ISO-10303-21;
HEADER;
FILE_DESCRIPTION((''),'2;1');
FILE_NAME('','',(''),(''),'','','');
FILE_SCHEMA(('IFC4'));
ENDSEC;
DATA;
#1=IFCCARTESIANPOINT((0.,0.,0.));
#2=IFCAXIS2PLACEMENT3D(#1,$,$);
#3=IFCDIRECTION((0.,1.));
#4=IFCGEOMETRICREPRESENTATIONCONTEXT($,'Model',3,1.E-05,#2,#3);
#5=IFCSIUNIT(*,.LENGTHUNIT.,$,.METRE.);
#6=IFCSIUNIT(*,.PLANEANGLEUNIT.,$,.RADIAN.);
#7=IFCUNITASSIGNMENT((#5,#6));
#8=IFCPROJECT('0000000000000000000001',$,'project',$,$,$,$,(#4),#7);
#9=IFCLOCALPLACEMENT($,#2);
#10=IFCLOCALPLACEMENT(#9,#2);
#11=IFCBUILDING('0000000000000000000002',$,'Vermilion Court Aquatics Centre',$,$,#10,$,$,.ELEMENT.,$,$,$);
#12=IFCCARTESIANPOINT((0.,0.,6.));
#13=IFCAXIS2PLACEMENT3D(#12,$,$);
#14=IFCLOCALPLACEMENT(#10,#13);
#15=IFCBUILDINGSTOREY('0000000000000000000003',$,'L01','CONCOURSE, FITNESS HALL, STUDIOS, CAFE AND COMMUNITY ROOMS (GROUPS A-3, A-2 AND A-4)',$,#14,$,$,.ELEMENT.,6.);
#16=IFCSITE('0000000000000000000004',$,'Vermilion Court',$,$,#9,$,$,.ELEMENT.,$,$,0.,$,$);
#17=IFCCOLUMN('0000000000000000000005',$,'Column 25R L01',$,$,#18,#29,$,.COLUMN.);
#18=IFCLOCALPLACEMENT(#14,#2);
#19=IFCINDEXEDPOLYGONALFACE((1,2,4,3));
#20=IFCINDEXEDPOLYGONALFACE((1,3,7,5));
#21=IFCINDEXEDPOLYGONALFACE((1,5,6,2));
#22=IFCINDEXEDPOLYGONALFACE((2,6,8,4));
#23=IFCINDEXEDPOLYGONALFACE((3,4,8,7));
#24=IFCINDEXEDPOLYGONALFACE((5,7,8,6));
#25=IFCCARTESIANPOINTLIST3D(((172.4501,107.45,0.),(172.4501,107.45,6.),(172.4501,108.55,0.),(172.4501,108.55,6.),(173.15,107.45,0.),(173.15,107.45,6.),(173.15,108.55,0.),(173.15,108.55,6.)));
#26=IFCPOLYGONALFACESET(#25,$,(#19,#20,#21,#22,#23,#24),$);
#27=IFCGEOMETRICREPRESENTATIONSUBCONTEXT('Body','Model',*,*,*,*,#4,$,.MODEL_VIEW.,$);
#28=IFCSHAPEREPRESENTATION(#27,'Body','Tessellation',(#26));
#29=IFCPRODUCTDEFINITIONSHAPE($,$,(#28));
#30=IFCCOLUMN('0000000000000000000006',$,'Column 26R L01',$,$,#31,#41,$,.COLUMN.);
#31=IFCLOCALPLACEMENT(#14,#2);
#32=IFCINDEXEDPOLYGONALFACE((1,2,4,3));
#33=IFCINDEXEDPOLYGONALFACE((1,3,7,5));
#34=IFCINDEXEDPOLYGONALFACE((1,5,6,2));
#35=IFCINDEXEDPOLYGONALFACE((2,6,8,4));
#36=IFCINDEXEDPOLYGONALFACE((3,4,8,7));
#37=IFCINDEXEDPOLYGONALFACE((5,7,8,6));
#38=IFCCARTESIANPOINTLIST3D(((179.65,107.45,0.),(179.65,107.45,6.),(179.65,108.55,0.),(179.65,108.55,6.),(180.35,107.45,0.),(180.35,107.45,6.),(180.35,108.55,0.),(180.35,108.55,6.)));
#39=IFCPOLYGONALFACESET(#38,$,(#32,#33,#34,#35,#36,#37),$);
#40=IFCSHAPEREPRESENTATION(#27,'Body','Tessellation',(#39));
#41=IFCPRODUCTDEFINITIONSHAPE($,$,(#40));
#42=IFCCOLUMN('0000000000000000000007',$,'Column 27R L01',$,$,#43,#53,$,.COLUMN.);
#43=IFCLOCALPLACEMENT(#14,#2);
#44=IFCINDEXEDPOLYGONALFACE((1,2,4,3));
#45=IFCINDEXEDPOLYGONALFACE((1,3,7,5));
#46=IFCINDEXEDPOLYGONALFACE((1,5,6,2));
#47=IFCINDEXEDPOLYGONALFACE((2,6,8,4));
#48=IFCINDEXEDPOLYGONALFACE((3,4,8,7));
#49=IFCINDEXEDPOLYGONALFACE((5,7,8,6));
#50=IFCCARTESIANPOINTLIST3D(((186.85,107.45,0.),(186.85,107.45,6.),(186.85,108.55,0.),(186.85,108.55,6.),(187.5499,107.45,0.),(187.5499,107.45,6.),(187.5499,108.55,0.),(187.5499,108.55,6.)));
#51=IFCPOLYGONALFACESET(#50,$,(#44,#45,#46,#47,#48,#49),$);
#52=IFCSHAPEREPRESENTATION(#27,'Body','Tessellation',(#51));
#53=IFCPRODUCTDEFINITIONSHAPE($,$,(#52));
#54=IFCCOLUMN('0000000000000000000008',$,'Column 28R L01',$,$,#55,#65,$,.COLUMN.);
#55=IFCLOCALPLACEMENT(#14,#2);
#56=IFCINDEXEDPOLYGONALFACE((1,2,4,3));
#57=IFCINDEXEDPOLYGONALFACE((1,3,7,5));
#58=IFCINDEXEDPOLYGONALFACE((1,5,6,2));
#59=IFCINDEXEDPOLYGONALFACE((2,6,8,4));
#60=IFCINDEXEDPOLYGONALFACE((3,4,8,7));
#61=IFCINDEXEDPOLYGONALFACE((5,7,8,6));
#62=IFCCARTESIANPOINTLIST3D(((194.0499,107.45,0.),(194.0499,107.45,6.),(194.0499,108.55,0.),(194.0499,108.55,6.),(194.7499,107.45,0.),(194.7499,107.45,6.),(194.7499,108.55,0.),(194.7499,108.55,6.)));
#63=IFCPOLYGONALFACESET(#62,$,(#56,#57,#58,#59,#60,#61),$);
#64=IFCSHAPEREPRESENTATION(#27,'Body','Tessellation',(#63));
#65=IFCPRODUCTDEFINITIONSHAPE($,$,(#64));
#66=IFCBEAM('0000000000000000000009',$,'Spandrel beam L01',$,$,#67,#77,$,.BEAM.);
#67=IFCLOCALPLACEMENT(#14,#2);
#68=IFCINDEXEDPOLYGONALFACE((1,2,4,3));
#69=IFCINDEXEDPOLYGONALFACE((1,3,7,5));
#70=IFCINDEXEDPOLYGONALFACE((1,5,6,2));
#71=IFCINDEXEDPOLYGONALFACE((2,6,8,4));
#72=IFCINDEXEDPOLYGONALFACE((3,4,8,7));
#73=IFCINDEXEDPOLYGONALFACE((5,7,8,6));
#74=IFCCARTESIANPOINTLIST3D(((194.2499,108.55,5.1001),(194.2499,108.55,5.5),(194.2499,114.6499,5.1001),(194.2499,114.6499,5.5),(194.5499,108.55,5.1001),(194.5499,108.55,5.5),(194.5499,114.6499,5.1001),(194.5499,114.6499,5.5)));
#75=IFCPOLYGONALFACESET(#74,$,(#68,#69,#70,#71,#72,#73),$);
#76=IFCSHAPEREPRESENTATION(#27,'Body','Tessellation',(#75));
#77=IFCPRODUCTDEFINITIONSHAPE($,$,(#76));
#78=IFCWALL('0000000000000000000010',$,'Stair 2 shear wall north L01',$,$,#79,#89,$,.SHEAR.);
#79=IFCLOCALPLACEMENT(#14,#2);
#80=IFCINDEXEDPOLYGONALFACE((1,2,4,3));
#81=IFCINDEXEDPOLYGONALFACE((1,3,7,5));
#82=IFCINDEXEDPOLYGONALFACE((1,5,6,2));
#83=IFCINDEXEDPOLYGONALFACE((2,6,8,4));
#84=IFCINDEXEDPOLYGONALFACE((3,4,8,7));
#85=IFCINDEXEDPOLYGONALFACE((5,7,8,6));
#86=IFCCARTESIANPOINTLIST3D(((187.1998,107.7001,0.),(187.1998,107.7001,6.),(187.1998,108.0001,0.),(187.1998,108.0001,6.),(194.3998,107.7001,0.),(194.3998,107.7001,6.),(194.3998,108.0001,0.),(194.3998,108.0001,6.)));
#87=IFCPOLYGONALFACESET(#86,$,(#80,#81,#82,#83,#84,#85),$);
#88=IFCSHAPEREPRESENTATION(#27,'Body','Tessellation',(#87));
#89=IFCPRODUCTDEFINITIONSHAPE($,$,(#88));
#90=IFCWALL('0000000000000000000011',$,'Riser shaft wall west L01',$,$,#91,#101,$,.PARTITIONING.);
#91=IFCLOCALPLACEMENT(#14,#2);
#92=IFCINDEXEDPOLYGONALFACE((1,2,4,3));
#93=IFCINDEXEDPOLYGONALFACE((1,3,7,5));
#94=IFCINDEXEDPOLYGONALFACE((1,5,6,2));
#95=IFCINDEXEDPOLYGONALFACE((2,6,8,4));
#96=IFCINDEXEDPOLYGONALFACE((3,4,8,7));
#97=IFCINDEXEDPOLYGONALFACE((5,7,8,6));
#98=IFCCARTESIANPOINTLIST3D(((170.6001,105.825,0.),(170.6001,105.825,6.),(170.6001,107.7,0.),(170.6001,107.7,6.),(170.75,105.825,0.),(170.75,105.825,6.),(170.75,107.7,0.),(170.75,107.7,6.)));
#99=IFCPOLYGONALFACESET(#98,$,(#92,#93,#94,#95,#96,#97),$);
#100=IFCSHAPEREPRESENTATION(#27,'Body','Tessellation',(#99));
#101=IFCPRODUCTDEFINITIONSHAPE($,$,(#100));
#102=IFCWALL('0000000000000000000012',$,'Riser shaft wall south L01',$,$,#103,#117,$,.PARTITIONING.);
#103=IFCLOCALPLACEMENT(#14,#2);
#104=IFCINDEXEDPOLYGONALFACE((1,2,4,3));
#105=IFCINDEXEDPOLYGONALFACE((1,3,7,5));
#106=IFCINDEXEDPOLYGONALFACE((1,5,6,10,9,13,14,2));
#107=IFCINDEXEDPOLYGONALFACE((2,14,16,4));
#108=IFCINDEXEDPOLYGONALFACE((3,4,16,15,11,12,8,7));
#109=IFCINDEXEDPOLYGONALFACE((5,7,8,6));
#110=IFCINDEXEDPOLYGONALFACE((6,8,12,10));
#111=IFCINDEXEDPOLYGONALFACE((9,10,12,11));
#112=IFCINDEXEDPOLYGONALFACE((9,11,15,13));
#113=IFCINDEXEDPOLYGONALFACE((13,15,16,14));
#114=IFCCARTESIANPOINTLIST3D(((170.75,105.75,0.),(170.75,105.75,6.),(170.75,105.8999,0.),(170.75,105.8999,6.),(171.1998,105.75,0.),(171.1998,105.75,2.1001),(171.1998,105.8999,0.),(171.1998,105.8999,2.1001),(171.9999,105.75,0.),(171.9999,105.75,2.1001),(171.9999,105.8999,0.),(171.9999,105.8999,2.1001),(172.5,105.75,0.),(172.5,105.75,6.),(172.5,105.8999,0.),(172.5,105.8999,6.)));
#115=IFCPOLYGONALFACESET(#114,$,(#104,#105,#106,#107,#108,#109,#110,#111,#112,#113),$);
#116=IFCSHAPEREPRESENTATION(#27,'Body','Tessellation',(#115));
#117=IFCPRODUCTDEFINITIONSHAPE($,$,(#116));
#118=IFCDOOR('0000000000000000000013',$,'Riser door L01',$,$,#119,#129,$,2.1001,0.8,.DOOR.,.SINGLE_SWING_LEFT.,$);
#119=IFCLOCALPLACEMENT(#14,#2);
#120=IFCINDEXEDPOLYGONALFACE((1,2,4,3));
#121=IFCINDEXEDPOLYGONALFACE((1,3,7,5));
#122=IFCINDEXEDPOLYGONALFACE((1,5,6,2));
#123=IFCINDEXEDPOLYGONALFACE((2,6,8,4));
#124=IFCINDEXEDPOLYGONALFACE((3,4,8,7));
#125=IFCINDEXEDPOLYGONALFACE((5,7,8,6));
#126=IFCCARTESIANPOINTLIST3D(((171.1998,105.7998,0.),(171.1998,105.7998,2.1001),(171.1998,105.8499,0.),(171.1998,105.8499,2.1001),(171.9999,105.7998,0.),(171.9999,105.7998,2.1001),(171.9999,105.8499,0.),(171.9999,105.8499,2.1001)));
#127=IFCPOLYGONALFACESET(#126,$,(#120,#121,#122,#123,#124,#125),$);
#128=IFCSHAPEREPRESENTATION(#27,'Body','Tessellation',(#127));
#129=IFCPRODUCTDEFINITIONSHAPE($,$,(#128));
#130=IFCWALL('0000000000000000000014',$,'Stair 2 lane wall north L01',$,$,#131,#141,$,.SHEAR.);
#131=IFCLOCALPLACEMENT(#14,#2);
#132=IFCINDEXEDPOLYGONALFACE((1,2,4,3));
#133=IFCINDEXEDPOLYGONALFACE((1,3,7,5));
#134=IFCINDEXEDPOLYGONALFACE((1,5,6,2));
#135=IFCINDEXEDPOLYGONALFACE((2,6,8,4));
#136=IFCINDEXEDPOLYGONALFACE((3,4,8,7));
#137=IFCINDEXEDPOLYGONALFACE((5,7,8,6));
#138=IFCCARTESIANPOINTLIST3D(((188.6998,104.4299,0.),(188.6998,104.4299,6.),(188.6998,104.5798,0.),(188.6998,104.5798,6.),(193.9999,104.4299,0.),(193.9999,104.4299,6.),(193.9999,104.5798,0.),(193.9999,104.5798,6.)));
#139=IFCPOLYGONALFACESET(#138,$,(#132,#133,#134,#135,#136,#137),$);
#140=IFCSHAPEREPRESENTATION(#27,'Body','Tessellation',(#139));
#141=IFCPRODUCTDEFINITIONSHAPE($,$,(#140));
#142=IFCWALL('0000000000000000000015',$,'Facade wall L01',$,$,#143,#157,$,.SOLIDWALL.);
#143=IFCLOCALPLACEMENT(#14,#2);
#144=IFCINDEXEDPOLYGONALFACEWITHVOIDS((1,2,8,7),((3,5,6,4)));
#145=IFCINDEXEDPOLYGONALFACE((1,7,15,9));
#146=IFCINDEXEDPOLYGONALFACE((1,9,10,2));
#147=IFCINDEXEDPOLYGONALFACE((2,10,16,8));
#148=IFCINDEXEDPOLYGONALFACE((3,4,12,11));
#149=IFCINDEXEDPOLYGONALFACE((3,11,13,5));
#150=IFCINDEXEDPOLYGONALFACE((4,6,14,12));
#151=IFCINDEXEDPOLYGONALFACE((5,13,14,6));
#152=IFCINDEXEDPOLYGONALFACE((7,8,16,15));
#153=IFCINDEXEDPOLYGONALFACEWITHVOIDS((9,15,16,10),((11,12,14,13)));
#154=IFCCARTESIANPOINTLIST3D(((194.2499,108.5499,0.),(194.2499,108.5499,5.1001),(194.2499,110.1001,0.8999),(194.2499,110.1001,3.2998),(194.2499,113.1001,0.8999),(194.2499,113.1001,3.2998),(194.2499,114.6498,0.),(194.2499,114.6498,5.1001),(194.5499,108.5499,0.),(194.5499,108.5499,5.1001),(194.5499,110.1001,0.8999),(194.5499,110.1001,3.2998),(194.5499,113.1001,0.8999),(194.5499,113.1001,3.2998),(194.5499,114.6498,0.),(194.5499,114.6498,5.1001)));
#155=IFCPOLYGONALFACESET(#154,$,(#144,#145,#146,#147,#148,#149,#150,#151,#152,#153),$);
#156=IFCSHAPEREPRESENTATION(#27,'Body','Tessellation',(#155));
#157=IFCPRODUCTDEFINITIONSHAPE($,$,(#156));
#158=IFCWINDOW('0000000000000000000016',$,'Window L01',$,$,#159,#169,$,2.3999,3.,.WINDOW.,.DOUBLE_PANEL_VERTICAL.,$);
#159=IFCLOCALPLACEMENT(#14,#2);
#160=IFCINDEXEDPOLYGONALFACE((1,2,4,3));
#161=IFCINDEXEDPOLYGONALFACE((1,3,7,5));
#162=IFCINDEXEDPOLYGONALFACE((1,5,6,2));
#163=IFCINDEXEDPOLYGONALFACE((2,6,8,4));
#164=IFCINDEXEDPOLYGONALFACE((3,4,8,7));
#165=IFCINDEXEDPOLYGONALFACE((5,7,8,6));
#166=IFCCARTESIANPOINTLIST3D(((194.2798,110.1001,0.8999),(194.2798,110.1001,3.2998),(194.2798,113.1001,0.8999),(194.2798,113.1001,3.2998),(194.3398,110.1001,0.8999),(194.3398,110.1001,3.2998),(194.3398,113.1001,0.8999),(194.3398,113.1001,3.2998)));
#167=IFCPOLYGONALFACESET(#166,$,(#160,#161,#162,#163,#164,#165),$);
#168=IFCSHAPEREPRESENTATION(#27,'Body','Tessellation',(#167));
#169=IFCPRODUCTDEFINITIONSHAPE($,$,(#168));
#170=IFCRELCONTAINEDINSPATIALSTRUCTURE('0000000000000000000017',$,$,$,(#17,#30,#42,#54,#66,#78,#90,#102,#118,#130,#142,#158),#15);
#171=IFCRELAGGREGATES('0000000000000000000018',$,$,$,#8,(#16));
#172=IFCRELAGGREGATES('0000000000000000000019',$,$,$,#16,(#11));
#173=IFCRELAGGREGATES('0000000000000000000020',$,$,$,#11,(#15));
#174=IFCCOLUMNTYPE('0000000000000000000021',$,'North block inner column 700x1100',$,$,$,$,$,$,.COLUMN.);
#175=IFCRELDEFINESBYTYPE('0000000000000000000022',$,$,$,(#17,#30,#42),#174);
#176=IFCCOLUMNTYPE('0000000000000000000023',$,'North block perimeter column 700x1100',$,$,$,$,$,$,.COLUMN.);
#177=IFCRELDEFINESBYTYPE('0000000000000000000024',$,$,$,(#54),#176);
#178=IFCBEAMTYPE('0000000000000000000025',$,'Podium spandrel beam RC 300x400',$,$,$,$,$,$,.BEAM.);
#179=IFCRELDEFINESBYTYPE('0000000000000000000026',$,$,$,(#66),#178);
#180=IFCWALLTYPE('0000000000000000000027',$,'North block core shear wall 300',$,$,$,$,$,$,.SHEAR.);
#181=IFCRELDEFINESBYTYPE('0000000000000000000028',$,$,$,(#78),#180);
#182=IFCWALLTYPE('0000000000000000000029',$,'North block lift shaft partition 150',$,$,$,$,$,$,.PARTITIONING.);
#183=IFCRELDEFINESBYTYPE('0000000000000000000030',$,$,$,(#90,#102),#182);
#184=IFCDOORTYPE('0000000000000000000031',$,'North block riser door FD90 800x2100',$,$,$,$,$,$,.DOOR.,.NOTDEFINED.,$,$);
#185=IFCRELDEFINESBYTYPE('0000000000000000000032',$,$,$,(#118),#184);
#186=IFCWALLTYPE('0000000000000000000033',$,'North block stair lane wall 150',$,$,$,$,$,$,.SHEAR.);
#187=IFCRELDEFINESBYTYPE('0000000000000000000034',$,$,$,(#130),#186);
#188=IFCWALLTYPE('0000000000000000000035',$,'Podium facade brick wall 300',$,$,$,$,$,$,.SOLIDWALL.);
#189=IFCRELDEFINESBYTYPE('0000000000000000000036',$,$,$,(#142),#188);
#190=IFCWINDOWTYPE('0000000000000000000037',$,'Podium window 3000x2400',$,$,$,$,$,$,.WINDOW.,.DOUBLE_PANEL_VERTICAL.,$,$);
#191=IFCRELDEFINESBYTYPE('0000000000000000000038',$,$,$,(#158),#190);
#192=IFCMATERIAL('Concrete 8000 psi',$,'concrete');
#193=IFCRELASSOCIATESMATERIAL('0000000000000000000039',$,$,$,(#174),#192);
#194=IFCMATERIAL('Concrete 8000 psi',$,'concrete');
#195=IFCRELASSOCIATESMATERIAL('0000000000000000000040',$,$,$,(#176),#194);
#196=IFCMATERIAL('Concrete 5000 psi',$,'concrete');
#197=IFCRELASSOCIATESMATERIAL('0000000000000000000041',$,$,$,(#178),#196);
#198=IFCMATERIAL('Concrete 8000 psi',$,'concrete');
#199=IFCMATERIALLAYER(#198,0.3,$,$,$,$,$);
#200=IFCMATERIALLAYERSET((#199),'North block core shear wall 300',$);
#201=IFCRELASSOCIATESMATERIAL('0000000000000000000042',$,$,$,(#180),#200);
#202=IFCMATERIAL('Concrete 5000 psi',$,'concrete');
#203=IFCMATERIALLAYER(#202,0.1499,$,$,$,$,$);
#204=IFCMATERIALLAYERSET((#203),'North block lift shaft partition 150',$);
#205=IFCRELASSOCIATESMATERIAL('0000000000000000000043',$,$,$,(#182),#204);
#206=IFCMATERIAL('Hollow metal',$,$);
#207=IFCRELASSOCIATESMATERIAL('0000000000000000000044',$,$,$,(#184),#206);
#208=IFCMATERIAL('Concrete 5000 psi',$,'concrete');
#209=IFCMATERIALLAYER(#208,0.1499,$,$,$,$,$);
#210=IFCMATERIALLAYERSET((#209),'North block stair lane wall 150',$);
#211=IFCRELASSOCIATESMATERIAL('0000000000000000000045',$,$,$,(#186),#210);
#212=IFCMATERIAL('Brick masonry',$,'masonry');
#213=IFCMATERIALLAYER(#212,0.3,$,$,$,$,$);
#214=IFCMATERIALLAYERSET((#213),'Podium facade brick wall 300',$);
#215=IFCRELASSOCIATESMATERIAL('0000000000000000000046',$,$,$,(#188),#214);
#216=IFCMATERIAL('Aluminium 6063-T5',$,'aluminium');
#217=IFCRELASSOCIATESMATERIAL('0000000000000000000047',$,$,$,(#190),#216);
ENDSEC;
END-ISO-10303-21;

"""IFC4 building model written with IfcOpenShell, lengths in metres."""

from ifc_helpers import new_model, si_unit, direction, frame, frame_2d, origin, origin_2d, place, context, subcontext, project, spatial, rectangle, extrude, material, layer, layer_set, material_profile, profile_set, type_object, element, fill, save


model = new_model("IFC4")

# Units and contexts
model_context = context("Model", 3, precision=1e-05, world=origin(), true_north=direction((0.0, 1.0)))
body_context = subcontext(model_context, "Body", "Model", "MODEL_VIEW")
ifc_project = project(units=[si_unit("LENGTHUNIT", "METRE"), si_unit("PLANEANGLEUNIT", "RADIAN")], contexts=[model_context])

# Site, building, storey
site_placement = place(None, origin())
site = spatial("IfcSite", under=ifc_project, at=site_placement, Name="Vermilion Court", CompositionType="ELEMENT", RefElevation=0.0)
building_placement = place(site_placement, origin())
building = spatial("IfcBuilding", under=site, at=building_placement, Name="Vermilion Court Aquatics Centre", CompositionType="ELEMENT")
storey_placement = place(building_placement, frame((0.0, 0.0, 6.0)))
storey = spatial("IfcBuildingStorey", under=building, at=storey_placement, Name="L01", Description="CONCOURSE, FITNESS HALL, STUDIOS, CAFE AND COMMUNITY ROOMS (GROUPS A-3, A-2 AND A-4)", CompositionType="ELEMENT", Elevation=6.0)

# Columns
ifc_material_1 = material(Name="Concrete 8000 psi", Category="concrete")
ifc_material_profile_1 = material_profile(ifc_material_1, rectangle(XDim=0.7, YDim=1.1001, at=origin_2d()), Name="RC 700x1100")
ifc_profile_set_1 = profile_set([ifc_material_profile_1], Name="Concrete 8000 psi")
column_type_1 = type_object("IfcColumnType", Name="North block inner column 700x1100", PredefinedType="COLUMN", material=ifc_profile_set_1)
for number, where, z_axis, x_axis, name in (
    (1, (172.8, 108.0, 0.0), (0.0, 0.0, 1.0), (1.0, 0.0, 0.0), "Column 25R L01"),
    (2, (180.0, 108.0, 0.0), (0.0, 0.0, 1.0), (1.0, 0.0, 0.0), "Column 26R L01"),
    (3, (187.2, 108.0, 0.0), (0.0, 0.0, 1.0), (1.0, 0.0, 0.0), "Column 27R L01"),
):
    element("IfcColumn", number, at=place(storey_placement, frame(where, z_axis=z_axis, x_axis=x_axis)), inside=storey, type_object=column_type_1, Name=name, PredefinedType="COLUMN", context=body_context, shape_type="SweptSolid", body=[
        extrude(rectangle(XDim=0.7, YDim=1.1001, at=origin_2d()), origin(), (0.0, 0.0, 1.0), 6.0),
    ])
ifc_material_2 = material(Name="Concrete 8000 psi", Category="concrete")
ifc_material_profile_2 = material_profile(ifc_material_2, rectangle(XDim=0.7, YDim=1.1001, at=origin_2d()), Name="RC 700x1100")
ifc_profile_set_2 = profile_set([ifc_material_profile_2], Name="Concrete 8000 psi")
column_type_2 = type_object("IfcColumnType", Name="North block perimeter column 700x1100", PredefinedType="COLUMN", material=ifc_profile_set_2)
column_placement = place(storey_placement, frame((194.3999, 108.0, 0.0), z_axis=(0.0, 0.0, 1.0), x_axis=(1.0, 0.0, 0.0)))
element("IfcColumn", 4, at=column_placement, inside=storey, type_object=column_type_2, Name="Column 28R L01", PredefinedType="COLUMN", context=body_context, shape_type="SweptSolid", body=[
    extrude(rectangle(XDim=0.7, YDim=1.1001, at=origin_2d()), origin(), (0.0, 0.0, 1.0), 6.0),
])

# Beam
ifc_material_3 = material(Name="Concrete 5000 psi", Category="concrete")
ifc_material_profile_3 = material_profile(ifc_material_3, rectangle(XDim=0.3, YDim=0.3999, at=origin_2d()), Name="RC 300x400")
ifc_profile_set_3 = profile_set([ifc_material_profile_3], Name="Concrete 5000 psi")
beam_type = type_object("IfcBeamType", Name="Podium spandrel beam RC 300x400", PredefinedType="BEAM", material=ifc_profile_set_3)
beam_placement = place(storey_placement, frame((194.3999, 108.55, 5.3), z_axis=(0.0, 1.0, 0.0), x_axis=(-1.0, 0.0, 0.0)))
element("IfcBeam", 5, at=beam_placement, inside=storey, type_object=beam_type, Name="Spandrel beam L01", PredefinedType="BEAM", context=body_context, shape_type="SweptSolid", body=[
    extrude(rectangle(XDim=0.3, YDim=0.3999, at=origin_2d()), origin(), (0.0, 0.0, 1.0), 6.0999),
])

# Walls
ifc_material_4 = material(Name="Concrete 8000 psi", Category="concrete")
ifc_layer_1 = layer(ifc_material_4, 0.3)
ifc_layer_set_1 = layer_set([ifc_layer_1], Name="North block core shear wall 300")
wall_type_1 = type_object("IfcWallType", Name="North block core shear wall 300", PredefinedType="SHEAR", material=ifc_layer_set_1)
wall_1_placement = place(storey_placement, frame((194.3999, 107.8501, 0.0), z_axis=(0.0, 0.0, 1.0), x_axis=(-1.0, 0.0, 0.0)))
element("IfcWall", 6, at=wall_1_placement, inside=storey, type_object=wall_type_1, Name="Stair 2 shear wall north L01", PredefinedType="SHEAR", context=body_context, shape_type="SweptSolid", body=[
    extrude(rectangle(XDim=7.2, YDim=0.3, at=frame_2d((3.6001, 0.0))), origin(), (0.0, 0.0, 1.0), 6.0),
])
ifc_material_5 = material(Name="Concrete 5000 psi", Category="concrete")
ifc_layer_2 = layer(ifc_material_5, 0.1499)
ifc_layer_set_2 = layer_set([ifc_layer_2], Name="North block lift shaft partition 150")
wall_type_2 = type_object("IfcWallType", Name="North block lift shaft partition 150", PredefinedType="PARTITIONING", material=ifc_layer_set_2)
wall_2_placement = place(storey_placement, frame((170.675, 105.825, 0.0), z_axis=(0.0, 0.0, 1.0), x_axis=(0.0, 1.0, 0.0)))
element("IfcWall", 7, at=wall_2_placement, inside=storey, type_object=wall_type_2, Name="Riser shaft wall west L01", PredefinedType="PARTITIONING", context=body_context, shape_type="SweptSolid", body=[
    extrude(rectangle(XDim=1.875, YDim=0.1499, at=frame_2d((0.9375, 0.0))), origin(), (0.0, 0.0, 1.0), 6.0),
])

# Wall, opening, door
wall_3_placement = place(storey_placement, frame((170.75, 105.825, 0.0), z_axis=(0.0, 0.0, 1.0), x_axis=(1.0, 0.0, 0.0)))
wall_3 = element("IfcWall", 8, at=wall_3_placement, inside=storey, type_object=wall_type_2, Name="Riser shaft wall south L01", PredefinedType="PARTITIONING", context=body_context, shape_type="SweptSolid", body=[
    extrude(rectangle(XDim=1.75, YDim=0.1499, at=frame_2d((0.875, 0.0))), origin(), (0.0, 0.0, 1.0), 6.0),
])
opening_1_placement = place(wall_3_placement, frame((0.45, 0.0, 0.0)))
opening_1 = element("IfcOpeningElement", 9, at=opening_1_placement, cuts=wall_3, PredefinedType="OPENING", context=body_context, shape_type="SweptSolid", body=[
    extrude(rectangle(XDim=0.8, YDim=2.1001, at=frame_2d((0.3999, 1.05))), frame((0.0, 0.085, 0.0), z_axis=(0.0, -1.0, 0.0), x_axis=(1.0, 0.0, 0.0)), (0.0, 0.0, 1.0), 0.1699),
])
ifc_material_6 = material(Name="Hollow metal")
door_type_1 = type_object("IfcDoorType", Name="North block riser door FD90 800x2100", OperationType="NOTDEFINED", PredefinedType="DOOR", material=ifc_material_6)
door_1_placement = place(opening_1_placement, origin())
door_1 = element("IfcDoor", 10, at=door_1_placement, inside=storey, type_object=door_type_1, Name="Riser door L01", OperationType="SINGLE_SWING_LEFT", OverallHeight=2.1001, OverallWidth=0.8, PredefinedType="DOOR", context=body_context, shape_type="SweptSolid", body=[
    extrude(rectangle(XDim=0.8, YDim=2.1001, at=frame_2d((0.3999, 1.05))), frame((0.0, 0.0249, 0.0), z_axis=(0.0, -1.0, 0.0), x_axis=(1.0, 0.0, 0.0)), (0.0, 0.0, 1.0), 0.05),
])
fill(opening_1, door_1)

# Wall
ifc_material_7 = material(Name="Concrete 5000 psi", Category="concrete")
ifc_layer_3 = layer(ifc_material_7, 0.1499)
ifc_layer_set_3 = layer_set([ifc_layer_3], Name="North block stair lane wall 150")
wall_type_3 = type_object("IfcWallType", Name="North block stair lane wall 150", PredefinedType="SHEAR", material=ifc_layer_set_3)
wall_4_placement = place(storey_placement, frame((188.7, 104.5049, 0.0), z_axis=(0.0, 0.0, 1.0), x_axis=(1.0, 0.0, 0.0)))
element("IfcWall", 11, at=wall_4_placement, inside=storey, type_object=wall_type_3, Name="Stair 2 lane wall north L01", PredefinedType="SHEAR", context=body_context, shape_type="SweptSolid", body=[
    extrude(rectangle(XDim=5.3, YDim=0.1499, at=frame_2d((2.6499, 0.0))), origin(), (0.0, 0.0, 1.0), 6.0),
])

# Wall, opening, window
ifc_material_8 = material(Name="Brick masonry", Category="masonry")
ifc_layer_4 = layer(ifc_material_8, 0.3)
ifc_layer_set_4 = layer_set([ifc_layer_4], Name="Podium facade brick wall 300")
wall_type_4 = type_object("IfcWallType", Name="Podium facade brick wall 300", PredefinedType="SOLIDWALL", material=ifc_layer_set_4)
wall_5_placement = place(storey_placement, frame((194.3999, 108.55, 0.0), z_axis=(0.0, 0.0, 1.0), x_axis=(0.0, 1.0, 0.0)))
wall_5 = element("IfcWall", 12, at=wall_5_placement, inside=storey, type_object=wall_type_4, Name="Facade wall L01", PredefinedType="SOLIDWALL", context=body_context, shape_type="SweptSolid", body=[
    extrude(rectangle(XDim=6.0999, YDim=0.3, at=frame_2d((3.0498, 0.0))), origin(), (0.0, 0.0, 1.0), 5.1001),
])
opening_2_placement = place(wall_5_placement, frame((1.55, 0.0, 0.8999)))
opening_2 = element("IfcOpeningElement", 13, at=opening_2_placement, cuts=wall_5, PredefinedType="OPENING", context=body_context, shape_type="SweptSolid", body=[
    extrude(rectangle(XDim=3.0, YDim=2.3999, at=frame_2d((1.5, 1.2))), frame((0.0, 0.1599, 0.0), z_axis=(0.0, -1.0, 0.0), x_axis=(1.0, 0.0, 0.0)), (0.0, 0.0, 1.0), 0.3201),
])
ifc_material_9 = material(Name="Aluminium 6063-T5", Category="aluminium")
window_type = type_object("IfcWindowType", Name="Podium window 3000x2400", PartitioningType="DOUBLE_PANEL_VERTICAL", PredefinedType="WINDOW", material=ifc_material_9)
window_placement = place(opening_2_placement, origin())
window = element("IfcWindow", 14, at=window_placement, inside=storey, type_object=window_type, Name="Window L01", OverallHeight=2.3999, OverallWidth=3.0, PartitioningType="DOUBLE_PANEL_VERTICAL", PredefinedType="WINDOW", context=body_context, shape_type="SweptSolid", body=[
    extrude(rectangle(XDim=3.0, YDim=2.3999, at=frame_2d((1.5, 1.2))), frame((0.0, 0.1201, 0.0), z_axis=(0.0, -1.0, 0.0), x_axis=(1.0, 0.0, 0.0)), (0.0, 0.0, 1.0), 0.0601),
])
fill(opening_2, window)

save(model, "model.ifc")
